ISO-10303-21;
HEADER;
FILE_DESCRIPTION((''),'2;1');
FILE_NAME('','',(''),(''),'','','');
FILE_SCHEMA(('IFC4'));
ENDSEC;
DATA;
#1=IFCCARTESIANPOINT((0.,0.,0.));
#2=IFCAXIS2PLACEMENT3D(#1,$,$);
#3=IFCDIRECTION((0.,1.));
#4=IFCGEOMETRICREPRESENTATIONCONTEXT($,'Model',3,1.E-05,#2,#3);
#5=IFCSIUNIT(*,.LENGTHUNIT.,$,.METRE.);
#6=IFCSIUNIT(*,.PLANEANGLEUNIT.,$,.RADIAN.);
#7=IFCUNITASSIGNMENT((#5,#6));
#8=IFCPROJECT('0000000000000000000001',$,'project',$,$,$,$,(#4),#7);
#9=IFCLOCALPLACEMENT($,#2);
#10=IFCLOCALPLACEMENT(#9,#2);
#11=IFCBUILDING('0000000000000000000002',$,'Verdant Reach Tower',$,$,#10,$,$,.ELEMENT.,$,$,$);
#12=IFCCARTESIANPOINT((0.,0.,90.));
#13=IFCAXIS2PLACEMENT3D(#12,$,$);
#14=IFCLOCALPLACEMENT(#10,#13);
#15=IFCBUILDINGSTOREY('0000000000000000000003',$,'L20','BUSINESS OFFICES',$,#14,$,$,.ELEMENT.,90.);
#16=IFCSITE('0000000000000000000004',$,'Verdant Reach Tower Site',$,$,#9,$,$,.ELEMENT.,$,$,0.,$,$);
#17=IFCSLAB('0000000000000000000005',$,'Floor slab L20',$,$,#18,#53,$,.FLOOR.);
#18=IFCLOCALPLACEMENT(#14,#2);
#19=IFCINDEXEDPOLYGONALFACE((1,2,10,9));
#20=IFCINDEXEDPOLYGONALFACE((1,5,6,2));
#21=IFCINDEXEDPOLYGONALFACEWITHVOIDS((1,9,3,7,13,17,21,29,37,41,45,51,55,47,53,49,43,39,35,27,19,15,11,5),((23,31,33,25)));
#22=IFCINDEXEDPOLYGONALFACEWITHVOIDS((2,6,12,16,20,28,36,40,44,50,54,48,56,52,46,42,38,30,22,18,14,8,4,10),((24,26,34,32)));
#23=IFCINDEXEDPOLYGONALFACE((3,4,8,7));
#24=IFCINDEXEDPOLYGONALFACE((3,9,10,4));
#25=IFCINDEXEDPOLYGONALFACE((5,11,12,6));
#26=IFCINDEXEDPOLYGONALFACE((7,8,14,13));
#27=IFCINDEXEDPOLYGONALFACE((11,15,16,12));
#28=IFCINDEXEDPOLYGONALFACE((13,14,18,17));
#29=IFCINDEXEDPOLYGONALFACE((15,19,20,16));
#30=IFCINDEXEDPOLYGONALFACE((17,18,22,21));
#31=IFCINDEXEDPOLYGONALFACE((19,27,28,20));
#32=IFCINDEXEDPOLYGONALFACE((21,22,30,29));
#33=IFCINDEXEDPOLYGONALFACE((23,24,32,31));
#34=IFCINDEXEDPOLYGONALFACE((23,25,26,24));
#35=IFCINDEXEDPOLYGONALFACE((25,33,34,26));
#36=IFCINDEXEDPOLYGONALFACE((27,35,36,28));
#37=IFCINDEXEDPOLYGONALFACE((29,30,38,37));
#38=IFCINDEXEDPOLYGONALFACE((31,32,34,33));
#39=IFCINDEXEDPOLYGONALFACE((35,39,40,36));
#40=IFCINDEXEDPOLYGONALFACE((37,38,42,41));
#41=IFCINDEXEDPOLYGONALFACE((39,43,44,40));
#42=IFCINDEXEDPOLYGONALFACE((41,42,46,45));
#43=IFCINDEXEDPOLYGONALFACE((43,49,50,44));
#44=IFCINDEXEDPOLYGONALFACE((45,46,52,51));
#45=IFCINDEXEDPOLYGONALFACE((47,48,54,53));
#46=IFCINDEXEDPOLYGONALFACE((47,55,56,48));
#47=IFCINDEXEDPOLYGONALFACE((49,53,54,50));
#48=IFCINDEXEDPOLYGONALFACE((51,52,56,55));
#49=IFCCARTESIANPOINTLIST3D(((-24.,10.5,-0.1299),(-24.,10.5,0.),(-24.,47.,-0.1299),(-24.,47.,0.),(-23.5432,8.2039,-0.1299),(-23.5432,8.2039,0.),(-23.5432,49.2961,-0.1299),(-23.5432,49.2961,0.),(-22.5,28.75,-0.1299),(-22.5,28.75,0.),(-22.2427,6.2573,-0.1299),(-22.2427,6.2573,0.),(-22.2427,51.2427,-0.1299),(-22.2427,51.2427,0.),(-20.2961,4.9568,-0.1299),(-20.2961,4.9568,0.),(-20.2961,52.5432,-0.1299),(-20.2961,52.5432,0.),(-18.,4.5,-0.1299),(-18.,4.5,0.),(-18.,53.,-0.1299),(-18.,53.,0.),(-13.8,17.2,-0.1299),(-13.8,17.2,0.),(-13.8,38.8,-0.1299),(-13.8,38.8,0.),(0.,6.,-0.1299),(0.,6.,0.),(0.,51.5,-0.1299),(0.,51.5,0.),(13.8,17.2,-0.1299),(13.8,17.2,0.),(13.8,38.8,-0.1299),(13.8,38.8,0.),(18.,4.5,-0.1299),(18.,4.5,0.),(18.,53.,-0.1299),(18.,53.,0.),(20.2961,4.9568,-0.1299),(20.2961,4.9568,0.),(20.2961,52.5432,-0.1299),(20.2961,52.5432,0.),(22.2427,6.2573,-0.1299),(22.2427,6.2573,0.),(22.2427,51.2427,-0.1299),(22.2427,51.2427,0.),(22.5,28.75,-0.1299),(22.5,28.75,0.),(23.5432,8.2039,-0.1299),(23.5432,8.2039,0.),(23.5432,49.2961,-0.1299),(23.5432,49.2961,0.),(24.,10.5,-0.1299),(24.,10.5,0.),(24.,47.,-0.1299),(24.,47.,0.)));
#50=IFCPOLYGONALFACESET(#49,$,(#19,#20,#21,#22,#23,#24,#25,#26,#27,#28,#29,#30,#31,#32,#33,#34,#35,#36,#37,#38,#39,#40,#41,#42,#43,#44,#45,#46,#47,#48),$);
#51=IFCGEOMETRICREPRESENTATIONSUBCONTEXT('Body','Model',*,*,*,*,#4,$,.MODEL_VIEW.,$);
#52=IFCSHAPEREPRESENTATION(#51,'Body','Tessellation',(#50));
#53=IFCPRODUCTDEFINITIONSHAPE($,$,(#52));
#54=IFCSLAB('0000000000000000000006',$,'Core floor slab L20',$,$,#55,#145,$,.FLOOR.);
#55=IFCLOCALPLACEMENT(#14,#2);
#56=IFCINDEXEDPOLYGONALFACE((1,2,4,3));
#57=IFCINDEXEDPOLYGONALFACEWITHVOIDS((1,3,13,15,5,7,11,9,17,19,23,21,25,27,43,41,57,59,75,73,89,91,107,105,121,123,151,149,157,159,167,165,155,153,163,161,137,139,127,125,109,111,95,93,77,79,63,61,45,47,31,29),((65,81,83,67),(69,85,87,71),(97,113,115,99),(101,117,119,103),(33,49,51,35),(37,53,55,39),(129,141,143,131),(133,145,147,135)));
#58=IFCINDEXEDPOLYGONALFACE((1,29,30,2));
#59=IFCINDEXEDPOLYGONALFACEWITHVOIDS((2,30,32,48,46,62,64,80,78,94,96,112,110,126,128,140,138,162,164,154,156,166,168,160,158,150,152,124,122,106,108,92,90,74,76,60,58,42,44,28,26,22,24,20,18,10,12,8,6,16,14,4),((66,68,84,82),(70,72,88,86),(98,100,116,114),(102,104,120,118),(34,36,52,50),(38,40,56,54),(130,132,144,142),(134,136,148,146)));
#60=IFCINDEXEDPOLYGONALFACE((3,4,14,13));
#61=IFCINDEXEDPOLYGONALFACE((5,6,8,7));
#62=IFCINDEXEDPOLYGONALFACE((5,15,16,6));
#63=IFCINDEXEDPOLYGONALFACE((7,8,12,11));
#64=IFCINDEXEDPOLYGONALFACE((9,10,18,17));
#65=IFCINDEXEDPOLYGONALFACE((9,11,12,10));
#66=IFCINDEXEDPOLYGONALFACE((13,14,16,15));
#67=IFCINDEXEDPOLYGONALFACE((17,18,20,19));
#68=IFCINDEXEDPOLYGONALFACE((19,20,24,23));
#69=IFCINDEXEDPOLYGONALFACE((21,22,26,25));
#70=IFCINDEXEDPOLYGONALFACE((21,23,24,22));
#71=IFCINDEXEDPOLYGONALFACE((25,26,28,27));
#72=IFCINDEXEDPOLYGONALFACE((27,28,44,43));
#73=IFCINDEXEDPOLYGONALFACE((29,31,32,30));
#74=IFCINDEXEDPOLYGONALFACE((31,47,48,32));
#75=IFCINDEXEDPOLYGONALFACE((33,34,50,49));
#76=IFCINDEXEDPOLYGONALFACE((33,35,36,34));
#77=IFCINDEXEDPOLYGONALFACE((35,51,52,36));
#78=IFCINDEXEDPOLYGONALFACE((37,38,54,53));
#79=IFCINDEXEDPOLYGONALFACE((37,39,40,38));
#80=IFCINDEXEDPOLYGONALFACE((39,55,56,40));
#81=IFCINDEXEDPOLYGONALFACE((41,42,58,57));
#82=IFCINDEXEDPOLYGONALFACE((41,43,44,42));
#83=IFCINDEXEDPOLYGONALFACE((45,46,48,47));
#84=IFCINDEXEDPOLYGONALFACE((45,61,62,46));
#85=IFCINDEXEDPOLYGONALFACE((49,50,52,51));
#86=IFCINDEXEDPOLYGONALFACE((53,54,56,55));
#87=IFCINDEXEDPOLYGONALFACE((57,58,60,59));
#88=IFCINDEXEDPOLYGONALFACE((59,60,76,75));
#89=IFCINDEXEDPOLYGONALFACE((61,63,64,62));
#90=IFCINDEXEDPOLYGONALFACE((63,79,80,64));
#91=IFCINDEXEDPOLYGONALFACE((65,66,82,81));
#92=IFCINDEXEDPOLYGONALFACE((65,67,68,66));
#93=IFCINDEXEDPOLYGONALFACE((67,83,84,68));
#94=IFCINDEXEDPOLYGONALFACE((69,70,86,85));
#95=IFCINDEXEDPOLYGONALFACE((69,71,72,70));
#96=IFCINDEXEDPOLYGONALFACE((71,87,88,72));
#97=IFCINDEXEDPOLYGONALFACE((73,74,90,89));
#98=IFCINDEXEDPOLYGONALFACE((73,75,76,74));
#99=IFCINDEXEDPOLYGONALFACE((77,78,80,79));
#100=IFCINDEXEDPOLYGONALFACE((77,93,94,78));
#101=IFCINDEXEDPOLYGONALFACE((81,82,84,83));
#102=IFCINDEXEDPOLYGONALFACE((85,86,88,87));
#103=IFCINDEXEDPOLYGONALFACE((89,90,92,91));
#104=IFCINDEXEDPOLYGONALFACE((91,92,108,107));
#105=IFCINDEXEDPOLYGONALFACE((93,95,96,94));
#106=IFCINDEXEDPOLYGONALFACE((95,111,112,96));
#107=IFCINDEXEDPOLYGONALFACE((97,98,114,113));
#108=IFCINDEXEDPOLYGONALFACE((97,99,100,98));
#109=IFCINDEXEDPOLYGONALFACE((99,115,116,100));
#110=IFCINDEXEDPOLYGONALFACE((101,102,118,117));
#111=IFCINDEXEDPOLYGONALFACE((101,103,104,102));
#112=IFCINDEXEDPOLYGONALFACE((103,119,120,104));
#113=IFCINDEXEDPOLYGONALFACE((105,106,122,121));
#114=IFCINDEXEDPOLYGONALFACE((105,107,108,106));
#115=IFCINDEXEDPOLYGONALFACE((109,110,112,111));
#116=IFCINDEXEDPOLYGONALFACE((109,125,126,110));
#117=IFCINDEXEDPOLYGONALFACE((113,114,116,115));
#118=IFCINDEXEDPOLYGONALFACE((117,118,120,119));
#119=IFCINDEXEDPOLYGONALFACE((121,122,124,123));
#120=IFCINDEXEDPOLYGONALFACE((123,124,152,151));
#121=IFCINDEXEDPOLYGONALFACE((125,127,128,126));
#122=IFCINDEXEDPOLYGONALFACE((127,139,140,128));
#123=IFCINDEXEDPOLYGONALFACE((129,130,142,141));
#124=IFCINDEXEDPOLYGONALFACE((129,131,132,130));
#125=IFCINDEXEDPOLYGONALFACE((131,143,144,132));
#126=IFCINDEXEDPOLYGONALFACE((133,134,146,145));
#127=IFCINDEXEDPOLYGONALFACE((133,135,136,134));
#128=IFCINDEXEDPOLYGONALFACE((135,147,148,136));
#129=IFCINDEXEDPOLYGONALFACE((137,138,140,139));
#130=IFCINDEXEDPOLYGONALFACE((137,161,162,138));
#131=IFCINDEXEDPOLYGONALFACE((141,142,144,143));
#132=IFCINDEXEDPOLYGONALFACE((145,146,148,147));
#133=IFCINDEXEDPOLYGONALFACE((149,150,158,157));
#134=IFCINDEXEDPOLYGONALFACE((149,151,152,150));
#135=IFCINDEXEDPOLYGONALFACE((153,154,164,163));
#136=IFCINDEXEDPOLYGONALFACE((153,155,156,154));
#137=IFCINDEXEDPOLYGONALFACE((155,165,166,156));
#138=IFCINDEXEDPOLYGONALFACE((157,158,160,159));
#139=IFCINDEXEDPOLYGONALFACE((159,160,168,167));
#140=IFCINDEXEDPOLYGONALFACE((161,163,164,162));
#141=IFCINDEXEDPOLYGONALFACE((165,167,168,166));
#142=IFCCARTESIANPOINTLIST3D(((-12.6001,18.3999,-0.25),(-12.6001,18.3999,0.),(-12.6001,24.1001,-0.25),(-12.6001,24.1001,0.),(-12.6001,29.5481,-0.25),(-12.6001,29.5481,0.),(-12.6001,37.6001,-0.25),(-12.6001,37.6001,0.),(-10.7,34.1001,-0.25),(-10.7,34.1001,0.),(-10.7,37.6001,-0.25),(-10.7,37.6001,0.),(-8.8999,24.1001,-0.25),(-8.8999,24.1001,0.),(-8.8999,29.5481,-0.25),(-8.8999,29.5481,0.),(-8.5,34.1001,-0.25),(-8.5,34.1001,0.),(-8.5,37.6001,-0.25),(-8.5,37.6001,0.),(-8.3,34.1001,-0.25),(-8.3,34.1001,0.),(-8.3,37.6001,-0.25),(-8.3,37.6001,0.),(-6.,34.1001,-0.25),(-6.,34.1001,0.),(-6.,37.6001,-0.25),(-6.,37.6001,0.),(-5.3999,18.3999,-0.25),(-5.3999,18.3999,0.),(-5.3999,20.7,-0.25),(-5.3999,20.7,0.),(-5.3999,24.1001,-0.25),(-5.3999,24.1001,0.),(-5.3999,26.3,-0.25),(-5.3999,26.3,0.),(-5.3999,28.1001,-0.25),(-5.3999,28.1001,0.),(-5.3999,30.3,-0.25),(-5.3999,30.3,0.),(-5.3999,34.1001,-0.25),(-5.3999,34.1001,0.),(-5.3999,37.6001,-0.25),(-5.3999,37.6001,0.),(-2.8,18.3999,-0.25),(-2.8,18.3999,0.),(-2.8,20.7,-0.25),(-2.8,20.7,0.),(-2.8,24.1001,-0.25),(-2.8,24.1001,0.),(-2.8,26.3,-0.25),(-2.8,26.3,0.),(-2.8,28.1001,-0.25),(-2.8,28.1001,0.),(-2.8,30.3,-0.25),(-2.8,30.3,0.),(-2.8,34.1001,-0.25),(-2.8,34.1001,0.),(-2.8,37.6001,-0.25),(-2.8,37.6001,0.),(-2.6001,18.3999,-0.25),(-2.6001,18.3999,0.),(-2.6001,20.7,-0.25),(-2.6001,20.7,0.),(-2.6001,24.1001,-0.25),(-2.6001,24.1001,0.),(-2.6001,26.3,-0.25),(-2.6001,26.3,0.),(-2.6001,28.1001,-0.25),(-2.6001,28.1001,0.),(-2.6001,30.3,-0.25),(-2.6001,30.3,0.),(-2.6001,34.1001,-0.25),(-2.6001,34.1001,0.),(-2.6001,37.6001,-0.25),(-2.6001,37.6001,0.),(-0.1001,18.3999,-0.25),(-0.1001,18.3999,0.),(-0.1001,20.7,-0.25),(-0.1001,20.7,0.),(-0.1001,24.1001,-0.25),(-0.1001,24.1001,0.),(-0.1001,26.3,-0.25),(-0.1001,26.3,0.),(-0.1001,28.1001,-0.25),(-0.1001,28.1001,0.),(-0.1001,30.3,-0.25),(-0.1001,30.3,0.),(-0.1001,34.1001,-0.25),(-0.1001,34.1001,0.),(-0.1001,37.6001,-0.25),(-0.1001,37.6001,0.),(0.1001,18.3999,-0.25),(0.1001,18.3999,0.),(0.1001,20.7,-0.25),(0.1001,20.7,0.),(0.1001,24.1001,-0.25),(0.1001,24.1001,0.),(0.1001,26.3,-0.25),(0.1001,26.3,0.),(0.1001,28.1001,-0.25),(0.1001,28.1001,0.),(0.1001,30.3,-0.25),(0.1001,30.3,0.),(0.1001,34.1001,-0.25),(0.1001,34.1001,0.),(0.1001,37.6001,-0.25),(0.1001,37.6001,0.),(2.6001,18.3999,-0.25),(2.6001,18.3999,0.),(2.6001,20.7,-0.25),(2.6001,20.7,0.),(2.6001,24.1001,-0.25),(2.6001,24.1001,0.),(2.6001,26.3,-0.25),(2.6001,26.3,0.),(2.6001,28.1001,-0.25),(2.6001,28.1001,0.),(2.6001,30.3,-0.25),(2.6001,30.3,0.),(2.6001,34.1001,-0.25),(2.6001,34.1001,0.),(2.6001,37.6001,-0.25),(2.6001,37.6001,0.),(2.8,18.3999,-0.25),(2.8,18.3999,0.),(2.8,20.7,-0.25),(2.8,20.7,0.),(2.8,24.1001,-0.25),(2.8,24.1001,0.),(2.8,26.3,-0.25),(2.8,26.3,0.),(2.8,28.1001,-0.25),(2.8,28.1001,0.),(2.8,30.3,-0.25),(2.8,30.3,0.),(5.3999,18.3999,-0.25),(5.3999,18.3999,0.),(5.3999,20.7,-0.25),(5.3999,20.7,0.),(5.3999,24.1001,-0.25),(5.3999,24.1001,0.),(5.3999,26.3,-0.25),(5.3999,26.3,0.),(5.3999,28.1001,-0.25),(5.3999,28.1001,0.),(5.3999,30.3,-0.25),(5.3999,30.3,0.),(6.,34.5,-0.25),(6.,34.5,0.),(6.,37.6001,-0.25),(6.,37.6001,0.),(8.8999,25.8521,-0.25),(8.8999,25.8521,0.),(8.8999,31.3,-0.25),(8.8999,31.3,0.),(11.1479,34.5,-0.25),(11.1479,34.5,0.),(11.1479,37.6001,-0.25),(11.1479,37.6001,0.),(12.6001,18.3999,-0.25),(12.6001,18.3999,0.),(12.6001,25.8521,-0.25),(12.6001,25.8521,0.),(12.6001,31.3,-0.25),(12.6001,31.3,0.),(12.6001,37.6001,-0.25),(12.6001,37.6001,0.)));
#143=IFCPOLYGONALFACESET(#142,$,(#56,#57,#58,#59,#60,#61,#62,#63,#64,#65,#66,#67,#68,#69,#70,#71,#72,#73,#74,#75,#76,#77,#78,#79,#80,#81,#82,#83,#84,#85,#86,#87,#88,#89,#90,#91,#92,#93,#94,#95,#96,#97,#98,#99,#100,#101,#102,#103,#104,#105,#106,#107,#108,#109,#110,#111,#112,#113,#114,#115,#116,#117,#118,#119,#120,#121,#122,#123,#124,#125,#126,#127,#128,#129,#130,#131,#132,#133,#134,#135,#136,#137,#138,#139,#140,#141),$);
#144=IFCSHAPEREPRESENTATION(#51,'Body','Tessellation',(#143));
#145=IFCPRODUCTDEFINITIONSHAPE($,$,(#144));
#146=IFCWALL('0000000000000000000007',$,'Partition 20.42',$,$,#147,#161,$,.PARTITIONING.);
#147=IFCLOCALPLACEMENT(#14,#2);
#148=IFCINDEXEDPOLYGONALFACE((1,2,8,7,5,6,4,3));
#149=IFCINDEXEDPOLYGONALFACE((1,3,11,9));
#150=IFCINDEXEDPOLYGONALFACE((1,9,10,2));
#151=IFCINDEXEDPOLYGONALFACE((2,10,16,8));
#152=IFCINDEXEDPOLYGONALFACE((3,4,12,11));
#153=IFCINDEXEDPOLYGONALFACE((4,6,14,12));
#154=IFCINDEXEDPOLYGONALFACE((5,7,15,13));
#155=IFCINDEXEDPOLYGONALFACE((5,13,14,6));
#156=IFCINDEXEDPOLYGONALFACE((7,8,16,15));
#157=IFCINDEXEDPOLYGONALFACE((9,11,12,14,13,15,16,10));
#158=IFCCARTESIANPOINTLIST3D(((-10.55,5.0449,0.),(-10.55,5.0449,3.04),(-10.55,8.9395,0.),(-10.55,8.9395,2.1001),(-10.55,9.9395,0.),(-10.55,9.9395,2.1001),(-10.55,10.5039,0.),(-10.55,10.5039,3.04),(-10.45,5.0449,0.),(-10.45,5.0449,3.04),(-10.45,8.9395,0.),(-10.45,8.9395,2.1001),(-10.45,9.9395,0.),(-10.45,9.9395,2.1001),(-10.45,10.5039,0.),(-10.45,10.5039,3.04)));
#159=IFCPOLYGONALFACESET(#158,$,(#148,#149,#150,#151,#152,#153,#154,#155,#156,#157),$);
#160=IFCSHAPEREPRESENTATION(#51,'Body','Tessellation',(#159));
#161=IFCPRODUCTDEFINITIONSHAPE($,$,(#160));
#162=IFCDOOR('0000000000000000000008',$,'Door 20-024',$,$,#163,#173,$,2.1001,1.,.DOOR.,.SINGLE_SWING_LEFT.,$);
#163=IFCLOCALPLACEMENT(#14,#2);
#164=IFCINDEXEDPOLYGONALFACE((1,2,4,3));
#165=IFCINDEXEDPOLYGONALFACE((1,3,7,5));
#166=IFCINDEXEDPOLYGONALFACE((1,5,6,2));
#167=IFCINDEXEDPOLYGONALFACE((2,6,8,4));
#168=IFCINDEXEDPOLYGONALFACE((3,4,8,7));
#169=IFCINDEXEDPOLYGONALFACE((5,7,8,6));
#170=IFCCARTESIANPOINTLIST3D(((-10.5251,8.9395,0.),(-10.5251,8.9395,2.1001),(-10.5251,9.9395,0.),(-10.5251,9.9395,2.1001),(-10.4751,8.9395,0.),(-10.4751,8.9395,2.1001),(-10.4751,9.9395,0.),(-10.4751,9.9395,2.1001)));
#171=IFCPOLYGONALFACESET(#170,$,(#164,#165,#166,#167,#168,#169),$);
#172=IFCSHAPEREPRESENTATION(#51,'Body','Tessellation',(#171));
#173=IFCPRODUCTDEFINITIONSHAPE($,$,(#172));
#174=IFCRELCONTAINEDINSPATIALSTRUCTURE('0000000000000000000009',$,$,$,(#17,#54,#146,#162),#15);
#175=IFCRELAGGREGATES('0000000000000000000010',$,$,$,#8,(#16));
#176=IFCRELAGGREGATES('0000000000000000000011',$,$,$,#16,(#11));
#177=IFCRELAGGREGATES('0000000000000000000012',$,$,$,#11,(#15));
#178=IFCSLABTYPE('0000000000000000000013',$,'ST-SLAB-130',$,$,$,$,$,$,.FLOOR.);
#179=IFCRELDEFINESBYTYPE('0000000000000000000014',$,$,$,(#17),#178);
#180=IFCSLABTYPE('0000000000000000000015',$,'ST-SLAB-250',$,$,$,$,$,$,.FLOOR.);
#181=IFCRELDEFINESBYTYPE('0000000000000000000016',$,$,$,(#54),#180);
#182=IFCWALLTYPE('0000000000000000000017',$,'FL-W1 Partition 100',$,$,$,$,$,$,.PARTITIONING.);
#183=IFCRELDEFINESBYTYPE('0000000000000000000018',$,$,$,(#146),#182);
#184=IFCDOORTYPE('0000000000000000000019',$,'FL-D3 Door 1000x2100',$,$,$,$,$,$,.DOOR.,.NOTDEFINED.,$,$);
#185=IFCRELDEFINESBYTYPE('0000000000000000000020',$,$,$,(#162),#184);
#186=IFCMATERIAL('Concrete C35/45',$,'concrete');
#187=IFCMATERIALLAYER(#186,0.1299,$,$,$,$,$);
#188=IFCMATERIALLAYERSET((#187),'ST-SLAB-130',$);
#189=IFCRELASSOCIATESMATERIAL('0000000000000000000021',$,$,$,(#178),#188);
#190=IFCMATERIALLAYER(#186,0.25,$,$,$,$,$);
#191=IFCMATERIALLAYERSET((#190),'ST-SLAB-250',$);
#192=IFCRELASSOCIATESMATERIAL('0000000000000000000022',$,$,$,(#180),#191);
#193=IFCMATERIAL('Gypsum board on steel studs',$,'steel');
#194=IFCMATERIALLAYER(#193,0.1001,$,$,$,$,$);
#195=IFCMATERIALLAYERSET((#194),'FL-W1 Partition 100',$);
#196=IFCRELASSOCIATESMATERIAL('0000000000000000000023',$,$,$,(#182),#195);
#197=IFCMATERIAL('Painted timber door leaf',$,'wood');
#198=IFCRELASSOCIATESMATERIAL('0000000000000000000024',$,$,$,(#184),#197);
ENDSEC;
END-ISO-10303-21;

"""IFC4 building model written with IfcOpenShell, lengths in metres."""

from ifc_helpers import new_model, si_unit, direction, frame, frame_2d, origin, place, context, subcontext, project, spatial, polyline, rectangle, outline, extrude, material, layer, layer_set, type_object, element, fill, save


model = new_model("IFC4")

# Units and contexts
model_context = context("Model", 3, precision=1e-05, world=origin(), true_north=direction((0.0, 1.0)))
body_context = subcontext(model_context, "Body", "Model", "MODEL_VIEW")
ifc_project = project(units=[si_unit("LENGTHUNIT", "METRE"), si_unit("PLANEANGLEUNIT", "RADIAN")], contexts=[model_context])

# Site, building, storey
site_placement = place(None, origin())
site = spatial("IfcSite", under=ifc_project, at=site_placement, Name="Verdant Reach Tower Site", CompositionType="ELEMENT", RefElevation=0.0)
building_placement = place(site_placement, origin())
building = spatial("IfcBuilding", under=site, at=building_placement, Name="Verdant Reach Tower", CompositionType="ELEMENT")
storey_placement = place(building_placement, frame((0.0, 0.0, 90.0)))
storey = spatial("IfcBuildingStorey", under=building, at=storey_placement, Name="L20", Description="BUSINESS OFFICES", CompositionType="ELEMENT", Elevation=90.0)

# Slabs
ifc_material_1 = material(Name="Concrete C35/45", Category="concrete")
ifc_layer_1 = layer(ifc_material_1, 0.1299)
ifc_layer_set_1 = layer_set([ifc_layer_1], Name="ST-SLAB-130")
slab_type_1 = type_object("IfcSlabType", Name="ST-SLAB-130", PredefinedType="FLOOR", material=ifc_layer_set_1)
slab_1_placement = place(storey_placement, frame((0.0, 0.0, -0.1299)))
element("IfcSlab", 1, at=slab_1_placement, inside=storey, type_object=slab_type_1, Name="Floor slab L20", PredefinedType="FLOOR", context=body_context, shape_type="SweptSolid", body=[
    extrude(outline(polyline([(0.0, 6.0), (-18.0, 4.5), (-20.2961, 4.9568), (-22.2427, 6.2573), (-23.5432, 8.2039), (-24.0, 10.5), (-22.5, 28.75), (-24.0, 47.0), (-23.5432, 49.2961), (-22.2427, 51.2427), (-20.2961, 52.5432), (-18.0, 53.0), (0.0, 51.5), (18.0, 53.0), (20.2961, 52.5432), (22.2427, 51.2427), (23.5432, 49.2961), (24.0, 47.0), (22.5, 28.75), (24.0, 10.5), (23.5432, 8.2039), (22.2427, 6.2573), (20.2961, 4.9568), (18.0, 4.5), (0.0, 6.0)]), holes=[polyline([(13.8, 38.8), (-13.8, 38.8), (-13.8, 17.2), (13.8, 17.2), (13.8, 38.8)])]), origin(), (0.0, 0.0, 1.0), 0.1299),
])
ifc_layer_2 = layer(ifc_material_1, 0.25)
ifc_layer_set_2 = layer_set([ifc_layer_2], Name="ST-SLAB-250")
slab_type_2 = type_object("IfcSlabType", Name="ST-SLAB-250", PredefinedType="FLOOR", material=ifc_layer_set_2)
slab_2_placement = place(storey_placement, frame((0.0, 0.0, -0.25)))
element("IfcSlab", 2, at=slab_2_placement, inside=storey, type_object=slab_type_2, Name="Core floor slab L20", PredefinedType="FLOOR", context=body_context, shape_type="SweptSolid", body=[
    extrude(outline(polyline([(12.6001, 18.3999), (5.3999, 18.3999), (5.3999, 20.7), (2.8, 20.7), (2.8, 18.3999), (2.6001, 18.3999), (2.6001, 20.7), (0.1001, 20.7), (0.1001, 18.3999), (-0.1001, 18.3999), (-0.1001, 20.7), (-2.6001, 20.7), (-2.6001, 18.3999), (-2.8, 18.3999), (-2.8, 20.7), (-5.3999, 20.7), (-5.3999, 18.3999), (-12.6001, 18.3999), (-12.6001, 24.1001), (-8.8999, 24.1001), (-8.8999, 29.5481), (-12.6001, 29.5481), (-12.6001, 37.6001), (-10.7, 37.6001), (-10.7, 34.1001), (-8.5, 34.1001), (-8.5, 37.6001), (-8.3, 37.6001), (-8.3, 34.1001), (-6.0, 34.1001), (-6.0, 37.6001), (-5.3999, 37.6001), (-5.3999, 34.1001), (-2.8, 34.1001), (-2.8, 37.6001), (-2.6001, 37.6001), (-2.6001, 34.1001), (-0.1001, 34.1001), (-0.1001, 37.6001), (0.1001, 37.6001), (0.1001, 34.1001), (2.6001, 34.1001), (2.6001, 37.6001), (6.0, 37.6001), (6.0, 34.5), (11.1479, 34.5), (11.1479, 37.6001), (12.6001, 37.6001), (12.6001, 31.3), (8.8999, 31.3), (8.8999, 25.8521), (12.6001, 25.8521), (12.6001, 18.3999)]), holes=[polyline([(-2.8, 24.1001), (-2.8, 26.3), (-5.3999, 26.3), (-5.3999, 24.1001), (-2.8, 24.1001)]), polyline([(-2.6001, 24.1001), (-0.1001, 24.1001), (-0.1001, 26.3), (-2.6001, 26.3), (-2.6001, 24.1001)]), polyline([(-2.8, 28.1001), (-2.8, 30.3), (-5.3999, 30.3), (-5.3999, 28.1001), (-2.8, 28.1001)]), polyline([(-0.1001, 28.1001), (-0.1001, 30.3), (-2.6001, 30.3), (-2.6001, 28.1001), (-0.1001, 28.1001)]), polyline([(2.6001, 24.1001), (2.6001, 26.3), (0.1001, 26.3), (0.1001, 24.1001), (2.6001, 24.1001)]), polyline([(2.8, 24.1001), (5.3999, 24.1001), (5.3999, 26.3), (2.8, 26.3), (2.8, 24.1001)]), polyline([(2.6001, 28.1001), (2.6001, 30.3), (0.1001, 30.3), (0.1001, 28.1001), (2.6001, 28.1001)]), polyline([(5.3999, 28.1001), (5.3999, 30.3), (2.8, 30.3), (2.8, 28.1001), (5.3999, 28.1001)])]), origin(), (0.0, 0.0, 1.0), 0.25),
])

# Wall, opening, door
ifc_material_2 = material(Name="Gypsum board on steel studs", Category="steel")
ifc_layer_3 = layer(ifc_material_2, 0.1001)
ifc_layer_set_3 = layer_set([ifc_layer_3], Name="FL-W1 Partition 100")
wall_type = type_object("IfcWallType", Name="FL-W1 Partition 100", PredefinedType="PARTITIONING", material=ifc_layer_set_3)
wall_1_placement = place(storey_placement, frame((-10.5, 10.5039, 0.0), z_axis=(0.0, 0.0, 1.0), x_axis=(0.0, -1.0, 0.0)))
wall_1 = element("IfcWall", 3, at=wall_1_placement, inside=storey, type_object=wall_type, Name="Partition 20.42", PredefinedType="PARTITIONING", context=body_context, shape_type="SweptSolid", body=[
    extrude(rectangle(XDim=5.459, YDim=0.1001, at=frame_2d((2.7295, 0.0))), origin(), (0.0, 0.0, 1.0), 3.04),
])
opening_placement = place(wall_1_placement, frame((0.5645, 0.0, 0.0)))
opening = element("IfcOpeningElement", 4, at=opening_placement, cuts=wall_1, PredefinedType="OPENING", context=body_context, shape_type="SweptSolid", body=[
    extrude(rectangle(XDim=1.0, YDim=2.1001, at=frame_2d((0.5, 1.05))), frame((0.0, 0.0601, 0.0), z_axis=(0.0, -1.0, 0.0), x_axis=(1.0, 0.0, 0.0)), (0.0, 0.0, 1.0), 0.1201),
])
ifc_material_3 = material(Name="Painted timber door leaf", Category="wood")
door_type = type_object("IfcDoorType", Name="FL-D3 Door 1000x2100", OperationType="NOTDEFINED", PredefinedType="DOOR", material=ifc_material_3)
door_placement = place(opening_placement, origin())
door = element("IfcDoor", 5, at=door_placement, inside=storey, type_object=door_type, Name="Door 20-024", OperationType="SINGLE_SWING_LEFT", OverallHeight=2.1001, OverallWidth=1.0, PredefinedType="DOOR", context=body_context, shape_type="SweptSolid", body=[
    extrude(rectangle(XDim=1.0, YDim=2.1001, at=frame_2d((0.5, 1.05))), frame((0.0, 0.0249, 0.0), z_axis=(0.0, -1.0, 0.0), x_axis=(1.0, 0.0, 0.0)), (0.0, 0.0, 1.0), 0.05),
])
fill(opening, door)

save(model, "model.ifc")
